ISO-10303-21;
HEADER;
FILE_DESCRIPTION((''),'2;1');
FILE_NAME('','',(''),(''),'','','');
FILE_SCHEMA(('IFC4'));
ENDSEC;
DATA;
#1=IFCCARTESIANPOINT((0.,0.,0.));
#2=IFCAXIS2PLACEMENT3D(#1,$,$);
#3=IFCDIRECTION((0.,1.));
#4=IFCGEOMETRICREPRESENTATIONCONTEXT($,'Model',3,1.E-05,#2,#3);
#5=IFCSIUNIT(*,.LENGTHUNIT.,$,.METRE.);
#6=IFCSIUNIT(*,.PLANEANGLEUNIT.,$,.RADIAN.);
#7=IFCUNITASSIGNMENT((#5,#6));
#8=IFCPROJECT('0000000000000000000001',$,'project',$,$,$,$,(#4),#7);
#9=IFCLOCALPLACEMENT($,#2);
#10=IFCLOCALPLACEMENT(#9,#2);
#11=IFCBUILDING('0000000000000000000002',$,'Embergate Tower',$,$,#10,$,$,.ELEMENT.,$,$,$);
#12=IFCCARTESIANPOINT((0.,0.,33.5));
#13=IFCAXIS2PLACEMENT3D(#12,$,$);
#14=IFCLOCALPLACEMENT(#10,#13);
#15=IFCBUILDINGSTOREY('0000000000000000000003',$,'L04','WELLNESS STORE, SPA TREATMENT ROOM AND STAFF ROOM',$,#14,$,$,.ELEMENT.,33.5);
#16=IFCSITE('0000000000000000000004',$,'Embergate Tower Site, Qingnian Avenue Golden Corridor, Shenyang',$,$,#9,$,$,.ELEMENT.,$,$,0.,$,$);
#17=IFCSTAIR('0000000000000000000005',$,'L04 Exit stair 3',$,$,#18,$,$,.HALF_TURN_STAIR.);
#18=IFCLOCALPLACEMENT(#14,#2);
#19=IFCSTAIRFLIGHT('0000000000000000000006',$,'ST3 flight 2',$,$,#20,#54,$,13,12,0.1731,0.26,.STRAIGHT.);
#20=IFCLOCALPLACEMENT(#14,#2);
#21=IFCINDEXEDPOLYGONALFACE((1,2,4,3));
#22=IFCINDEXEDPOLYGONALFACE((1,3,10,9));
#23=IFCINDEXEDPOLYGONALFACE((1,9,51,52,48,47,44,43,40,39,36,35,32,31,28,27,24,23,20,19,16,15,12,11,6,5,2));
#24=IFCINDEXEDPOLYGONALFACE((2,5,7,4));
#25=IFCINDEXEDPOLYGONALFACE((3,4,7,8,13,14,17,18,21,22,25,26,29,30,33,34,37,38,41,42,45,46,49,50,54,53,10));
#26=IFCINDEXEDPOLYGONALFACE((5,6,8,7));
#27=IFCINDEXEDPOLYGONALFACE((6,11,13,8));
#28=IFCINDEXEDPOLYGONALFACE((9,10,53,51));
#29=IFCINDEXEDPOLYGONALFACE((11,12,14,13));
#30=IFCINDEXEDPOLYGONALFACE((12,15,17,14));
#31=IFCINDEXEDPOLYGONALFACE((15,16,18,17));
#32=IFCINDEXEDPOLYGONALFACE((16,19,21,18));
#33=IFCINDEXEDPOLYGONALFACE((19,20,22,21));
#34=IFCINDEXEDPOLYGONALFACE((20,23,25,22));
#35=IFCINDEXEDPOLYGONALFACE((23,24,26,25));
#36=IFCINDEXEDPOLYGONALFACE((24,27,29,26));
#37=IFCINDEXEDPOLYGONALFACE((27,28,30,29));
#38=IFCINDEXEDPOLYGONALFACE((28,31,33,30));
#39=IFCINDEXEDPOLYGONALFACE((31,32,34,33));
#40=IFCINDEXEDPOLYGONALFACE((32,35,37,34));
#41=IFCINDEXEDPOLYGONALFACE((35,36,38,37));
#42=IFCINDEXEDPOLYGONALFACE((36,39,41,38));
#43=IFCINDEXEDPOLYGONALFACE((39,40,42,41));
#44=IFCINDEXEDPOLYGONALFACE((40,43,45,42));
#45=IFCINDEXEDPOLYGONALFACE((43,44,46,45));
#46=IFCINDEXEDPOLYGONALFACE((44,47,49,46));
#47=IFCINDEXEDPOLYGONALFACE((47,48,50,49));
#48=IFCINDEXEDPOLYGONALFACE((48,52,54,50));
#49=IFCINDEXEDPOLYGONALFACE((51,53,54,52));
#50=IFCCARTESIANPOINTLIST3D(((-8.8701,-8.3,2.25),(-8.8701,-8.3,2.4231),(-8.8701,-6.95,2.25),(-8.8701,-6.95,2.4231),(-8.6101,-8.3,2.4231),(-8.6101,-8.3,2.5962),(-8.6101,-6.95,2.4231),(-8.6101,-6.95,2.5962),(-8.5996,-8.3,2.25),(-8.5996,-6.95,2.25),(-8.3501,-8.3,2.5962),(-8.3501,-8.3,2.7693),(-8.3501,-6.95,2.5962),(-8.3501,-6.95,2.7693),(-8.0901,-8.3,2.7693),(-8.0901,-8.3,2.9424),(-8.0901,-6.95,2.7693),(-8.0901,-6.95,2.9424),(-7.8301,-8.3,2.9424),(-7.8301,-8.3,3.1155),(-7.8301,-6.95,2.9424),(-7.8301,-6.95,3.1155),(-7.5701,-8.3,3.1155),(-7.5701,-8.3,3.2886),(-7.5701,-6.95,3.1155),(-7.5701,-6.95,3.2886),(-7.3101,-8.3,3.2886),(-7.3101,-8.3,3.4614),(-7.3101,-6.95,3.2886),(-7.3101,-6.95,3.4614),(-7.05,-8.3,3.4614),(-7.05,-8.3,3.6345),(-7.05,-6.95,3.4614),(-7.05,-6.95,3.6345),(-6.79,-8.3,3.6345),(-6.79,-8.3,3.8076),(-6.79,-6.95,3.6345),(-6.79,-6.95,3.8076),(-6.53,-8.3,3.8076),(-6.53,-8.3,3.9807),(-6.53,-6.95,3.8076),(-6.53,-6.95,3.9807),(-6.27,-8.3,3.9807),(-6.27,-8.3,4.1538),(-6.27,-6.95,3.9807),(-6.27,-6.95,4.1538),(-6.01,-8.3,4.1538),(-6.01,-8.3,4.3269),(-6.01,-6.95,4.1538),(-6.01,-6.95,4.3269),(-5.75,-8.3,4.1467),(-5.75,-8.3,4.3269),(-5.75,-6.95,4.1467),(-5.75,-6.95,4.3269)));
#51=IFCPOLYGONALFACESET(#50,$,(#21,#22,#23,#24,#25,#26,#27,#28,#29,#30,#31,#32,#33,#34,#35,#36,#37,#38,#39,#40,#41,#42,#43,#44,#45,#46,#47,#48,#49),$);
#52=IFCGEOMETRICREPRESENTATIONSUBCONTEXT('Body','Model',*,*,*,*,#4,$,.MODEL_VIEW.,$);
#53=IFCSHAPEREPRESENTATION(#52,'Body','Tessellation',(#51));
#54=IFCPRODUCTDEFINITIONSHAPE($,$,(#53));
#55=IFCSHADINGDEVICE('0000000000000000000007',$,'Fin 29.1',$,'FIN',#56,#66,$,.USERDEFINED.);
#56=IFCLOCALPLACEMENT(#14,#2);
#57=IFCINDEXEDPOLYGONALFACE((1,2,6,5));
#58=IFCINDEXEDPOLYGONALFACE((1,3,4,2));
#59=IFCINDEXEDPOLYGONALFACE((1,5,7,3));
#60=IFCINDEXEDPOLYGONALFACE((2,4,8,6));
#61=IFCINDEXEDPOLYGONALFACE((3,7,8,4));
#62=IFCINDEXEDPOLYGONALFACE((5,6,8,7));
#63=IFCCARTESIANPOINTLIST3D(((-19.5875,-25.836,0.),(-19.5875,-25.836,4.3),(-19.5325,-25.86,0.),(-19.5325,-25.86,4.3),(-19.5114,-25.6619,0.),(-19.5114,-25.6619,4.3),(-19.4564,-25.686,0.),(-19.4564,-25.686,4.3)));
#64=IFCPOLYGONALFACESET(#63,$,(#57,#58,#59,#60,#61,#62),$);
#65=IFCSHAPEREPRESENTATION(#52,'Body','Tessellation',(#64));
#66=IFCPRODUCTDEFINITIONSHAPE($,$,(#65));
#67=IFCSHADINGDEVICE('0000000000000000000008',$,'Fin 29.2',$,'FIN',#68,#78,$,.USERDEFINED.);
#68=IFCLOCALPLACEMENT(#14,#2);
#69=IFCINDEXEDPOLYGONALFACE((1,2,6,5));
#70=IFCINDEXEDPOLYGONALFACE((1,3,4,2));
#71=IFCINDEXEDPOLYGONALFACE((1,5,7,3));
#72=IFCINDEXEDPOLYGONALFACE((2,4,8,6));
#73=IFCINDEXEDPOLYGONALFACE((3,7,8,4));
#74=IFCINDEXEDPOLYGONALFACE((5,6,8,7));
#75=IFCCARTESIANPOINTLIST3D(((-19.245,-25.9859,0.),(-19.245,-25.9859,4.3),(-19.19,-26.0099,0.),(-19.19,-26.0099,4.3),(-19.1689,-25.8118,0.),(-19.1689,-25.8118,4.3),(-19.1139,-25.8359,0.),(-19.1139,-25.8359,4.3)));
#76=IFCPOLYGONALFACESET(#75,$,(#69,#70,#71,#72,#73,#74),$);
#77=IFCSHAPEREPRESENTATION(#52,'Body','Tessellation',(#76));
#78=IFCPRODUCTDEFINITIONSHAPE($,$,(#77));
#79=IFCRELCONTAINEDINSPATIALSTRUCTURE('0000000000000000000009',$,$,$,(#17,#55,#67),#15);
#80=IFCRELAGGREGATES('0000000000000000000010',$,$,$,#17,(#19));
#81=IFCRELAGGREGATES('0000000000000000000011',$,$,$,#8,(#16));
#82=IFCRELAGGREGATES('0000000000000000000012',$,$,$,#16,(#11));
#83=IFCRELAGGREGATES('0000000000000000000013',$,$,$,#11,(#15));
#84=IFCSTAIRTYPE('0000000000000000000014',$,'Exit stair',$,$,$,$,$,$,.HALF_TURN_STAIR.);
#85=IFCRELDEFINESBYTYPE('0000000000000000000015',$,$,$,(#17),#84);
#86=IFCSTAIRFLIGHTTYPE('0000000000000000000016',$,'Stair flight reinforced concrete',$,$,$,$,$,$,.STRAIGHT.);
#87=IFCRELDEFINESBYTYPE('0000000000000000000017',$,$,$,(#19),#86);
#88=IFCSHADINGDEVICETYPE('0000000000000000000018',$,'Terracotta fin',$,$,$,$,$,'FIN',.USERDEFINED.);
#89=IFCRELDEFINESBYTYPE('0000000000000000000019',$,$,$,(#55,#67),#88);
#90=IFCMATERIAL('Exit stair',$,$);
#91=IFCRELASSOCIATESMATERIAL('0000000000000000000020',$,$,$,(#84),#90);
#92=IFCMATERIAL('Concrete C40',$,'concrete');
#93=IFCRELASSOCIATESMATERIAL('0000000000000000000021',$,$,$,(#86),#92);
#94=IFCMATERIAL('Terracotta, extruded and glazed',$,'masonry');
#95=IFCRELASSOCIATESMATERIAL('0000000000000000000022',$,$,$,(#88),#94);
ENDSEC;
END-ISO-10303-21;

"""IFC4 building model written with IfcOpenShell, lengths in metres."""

from ifc_helpers import new_model, si_unit, direction, frame, origin, origin_2d, place, context, subcontext, project, spatial, polyline, rectangle, outline, extrude, source, transform, mapped, material, material_profile, profile_set, type_object, element, aggregate, save


model = new_model("IFC4")

# Units and contexts
model_context = context("Model", 3, precision=1e-05, world=origin(), true_north=direction((0.0, 1.0)))
body_context = subcontext(model_context, "Body", "Model", "MODEL_VIEW")
ifc_project = project(units=[si_unit("LENGTHUNIT", "METRE"), si_unit("PLANEANGLEUNIT", "RADIAN")], contexts=[model_context])

# Site, building, storey
site_placement = place(None, origin())
site = spatial("IfcSite", under=ifc_project, at=site_placement, Name="Embergate Tower Site, Qingnian Avenue Golden Corridor, Shenyang", CompositionType="ELEMENT", RefElevation=0.0)
building_placement = place(site_placement, origin())
building = spatial("IfcBuilding", under=site, at=building_placement, Name="Embergate Tower", CompositionType="ELEMENT")
storey_placement = place(building_placement, frame((0.0, 0.0, 33.5)))
storey = spatial("IfcBuildingStorey", under=building, at=storey_placement, Name="L04", Description="WELLNESS STORE, SPA TREATMENT ROOM AND STAFF ROOM", CompositionType="ELEMENT", Elevation=33.5)

# Stair
ifc_material_1 = material(Name="Exit stair")
stair_type = type_object("IfcStairType", Name="Exit stair", PredefinedType="HALF_TURN_STAIR", material=ifc_material_1)
stair_placement = place(storey_placement, origin())
stair = element("IfcStair", 1, at=stair_placement, inside=storey, type_object=stair_type, Name="L04 Exit stair 3", PredefinedType="HALF_TURN_STAIR")
ifc_material_2 = material(Name="Concrete C40", Category="concrete")

# Stair flight
stair_flight_type = type_object("IfcStairFlightType", Name="Stair flight reinforced concrete", PredefinedType="STRAIGHT", material=ifc_material_2)
shared_shape_1 = source(origin(), body_context, "Body", "SweptSolid", [
    extrude(outline(polyline([(0.0, 0.0), (0.0, 0.1731), (0.26, 0.1731), (0.26, 0.3462), (0.52, 0.3462), (0.52, 0.5193), (0.78, 0.5193), (0.78, 0.6924), (1.04, 0.6924), (1.04, 0.8655), (1.3, 0.8655), (1.3, 1.0386), (1.5601, 1.0386), (1.5601, 1.2114), (1.8201, 1.2114), (1.8201, 1.3845), (2.0801, 1.3845), (2.0801, 1.5576), (2.3401, 1.5576), (2.3401, 1.7307), (2.6001, 1.7307), (2.6001, 1.9038), (2.8601, 1.9038), (2.8601, 2.0769), (3.1201, 2.0769), (3.1201, 2.25), (3.1201, 1.8967), (0.2705, 0.0), (0.0, 0.0)])), frame((0.0, 0.675, 0.0), z_axis=(0.0, -1.0, 0.0), x_axis=(1.0, 0.0, 0.0)), (0.0, 0.0, 1.0), 1.3501),
])
stair_flight_placement = place(storey_placement, frame((-8.8701, -7.625, 2.25), z_axis=(0.0, 0.0, 1.0), x_axis=(1.0, 0.0, 0.0)))
stair_flight = element("IfcStairFlight", 2, at=stair_flight_placement, type_object=stair_flight_type, Name="ST3 flight 2", NumberOfRisers=13, NumberOfTreads=12, PredefinedType="STRAIGHT", RiserHeight=0.1731, TreadLength=0.26, context=body_context, shape_type="MappedRepresentation", body=[
    mapped(shared_shape_1, transform((0.0, 0.0, 0.0))),
])
aggregate(stair, [stair_flight])

# Shading devices
ifc_material_3 = material(Name="Terracotta, extruded and glazed", Category="masonry")
ifc_material_profile = material_profile(ifc_material_3, rectangle(XDim=0.1899, YDim=0.0601, at=origin_2d()), Name="TC 190x60")
ifc_profile_set = profile_set([ifc_material_profile], Name="Terracotta, extruded and glazed")
shading_device_type = type_object("IfcShadingDeviceType", Name="Terracotta fin", ElementType="FIN", PredefinedType="USERDEFINED", material=ifc_profile_set)
shared_shape_2 = source(origin(), body_context, "Body", "SweptSolid", [
    extrude(rectangle(XDim=0.1899, YDim=0.0601, at=origin_2d()), origin(), (0.0, 0.0, 1.0), 4.3),
])
for number, where, z_axis, x_axis, name in (
    (3, (-19.522, -25.761, 0.0), (0.0, 0.0, 1.0), (0.400637, 0.916237, 0.0), "Fin 29.1"),
    (4, (-19.1794, -25.9109, 0.0), (0.0, 0.0, 1.0), (0.400637, 0.916237, 0.0), "Fin 29.2"),
):
    element("IfcShadingDevice", number, at=place(storey_placement, frame(where, z_axis=z_axis, x_axis=x_axis)), inside=storey, type_object=shading_device_type, Name=name, ObjectType="FIN", PredefinedType="USERDEFINED", context=body_context, shape_type="MappedRepresentation", body=[
        mapped(shared_shape_2, transform((0.0, 0.0, 0.0))),
    ])

save(model, "model.ifc")
